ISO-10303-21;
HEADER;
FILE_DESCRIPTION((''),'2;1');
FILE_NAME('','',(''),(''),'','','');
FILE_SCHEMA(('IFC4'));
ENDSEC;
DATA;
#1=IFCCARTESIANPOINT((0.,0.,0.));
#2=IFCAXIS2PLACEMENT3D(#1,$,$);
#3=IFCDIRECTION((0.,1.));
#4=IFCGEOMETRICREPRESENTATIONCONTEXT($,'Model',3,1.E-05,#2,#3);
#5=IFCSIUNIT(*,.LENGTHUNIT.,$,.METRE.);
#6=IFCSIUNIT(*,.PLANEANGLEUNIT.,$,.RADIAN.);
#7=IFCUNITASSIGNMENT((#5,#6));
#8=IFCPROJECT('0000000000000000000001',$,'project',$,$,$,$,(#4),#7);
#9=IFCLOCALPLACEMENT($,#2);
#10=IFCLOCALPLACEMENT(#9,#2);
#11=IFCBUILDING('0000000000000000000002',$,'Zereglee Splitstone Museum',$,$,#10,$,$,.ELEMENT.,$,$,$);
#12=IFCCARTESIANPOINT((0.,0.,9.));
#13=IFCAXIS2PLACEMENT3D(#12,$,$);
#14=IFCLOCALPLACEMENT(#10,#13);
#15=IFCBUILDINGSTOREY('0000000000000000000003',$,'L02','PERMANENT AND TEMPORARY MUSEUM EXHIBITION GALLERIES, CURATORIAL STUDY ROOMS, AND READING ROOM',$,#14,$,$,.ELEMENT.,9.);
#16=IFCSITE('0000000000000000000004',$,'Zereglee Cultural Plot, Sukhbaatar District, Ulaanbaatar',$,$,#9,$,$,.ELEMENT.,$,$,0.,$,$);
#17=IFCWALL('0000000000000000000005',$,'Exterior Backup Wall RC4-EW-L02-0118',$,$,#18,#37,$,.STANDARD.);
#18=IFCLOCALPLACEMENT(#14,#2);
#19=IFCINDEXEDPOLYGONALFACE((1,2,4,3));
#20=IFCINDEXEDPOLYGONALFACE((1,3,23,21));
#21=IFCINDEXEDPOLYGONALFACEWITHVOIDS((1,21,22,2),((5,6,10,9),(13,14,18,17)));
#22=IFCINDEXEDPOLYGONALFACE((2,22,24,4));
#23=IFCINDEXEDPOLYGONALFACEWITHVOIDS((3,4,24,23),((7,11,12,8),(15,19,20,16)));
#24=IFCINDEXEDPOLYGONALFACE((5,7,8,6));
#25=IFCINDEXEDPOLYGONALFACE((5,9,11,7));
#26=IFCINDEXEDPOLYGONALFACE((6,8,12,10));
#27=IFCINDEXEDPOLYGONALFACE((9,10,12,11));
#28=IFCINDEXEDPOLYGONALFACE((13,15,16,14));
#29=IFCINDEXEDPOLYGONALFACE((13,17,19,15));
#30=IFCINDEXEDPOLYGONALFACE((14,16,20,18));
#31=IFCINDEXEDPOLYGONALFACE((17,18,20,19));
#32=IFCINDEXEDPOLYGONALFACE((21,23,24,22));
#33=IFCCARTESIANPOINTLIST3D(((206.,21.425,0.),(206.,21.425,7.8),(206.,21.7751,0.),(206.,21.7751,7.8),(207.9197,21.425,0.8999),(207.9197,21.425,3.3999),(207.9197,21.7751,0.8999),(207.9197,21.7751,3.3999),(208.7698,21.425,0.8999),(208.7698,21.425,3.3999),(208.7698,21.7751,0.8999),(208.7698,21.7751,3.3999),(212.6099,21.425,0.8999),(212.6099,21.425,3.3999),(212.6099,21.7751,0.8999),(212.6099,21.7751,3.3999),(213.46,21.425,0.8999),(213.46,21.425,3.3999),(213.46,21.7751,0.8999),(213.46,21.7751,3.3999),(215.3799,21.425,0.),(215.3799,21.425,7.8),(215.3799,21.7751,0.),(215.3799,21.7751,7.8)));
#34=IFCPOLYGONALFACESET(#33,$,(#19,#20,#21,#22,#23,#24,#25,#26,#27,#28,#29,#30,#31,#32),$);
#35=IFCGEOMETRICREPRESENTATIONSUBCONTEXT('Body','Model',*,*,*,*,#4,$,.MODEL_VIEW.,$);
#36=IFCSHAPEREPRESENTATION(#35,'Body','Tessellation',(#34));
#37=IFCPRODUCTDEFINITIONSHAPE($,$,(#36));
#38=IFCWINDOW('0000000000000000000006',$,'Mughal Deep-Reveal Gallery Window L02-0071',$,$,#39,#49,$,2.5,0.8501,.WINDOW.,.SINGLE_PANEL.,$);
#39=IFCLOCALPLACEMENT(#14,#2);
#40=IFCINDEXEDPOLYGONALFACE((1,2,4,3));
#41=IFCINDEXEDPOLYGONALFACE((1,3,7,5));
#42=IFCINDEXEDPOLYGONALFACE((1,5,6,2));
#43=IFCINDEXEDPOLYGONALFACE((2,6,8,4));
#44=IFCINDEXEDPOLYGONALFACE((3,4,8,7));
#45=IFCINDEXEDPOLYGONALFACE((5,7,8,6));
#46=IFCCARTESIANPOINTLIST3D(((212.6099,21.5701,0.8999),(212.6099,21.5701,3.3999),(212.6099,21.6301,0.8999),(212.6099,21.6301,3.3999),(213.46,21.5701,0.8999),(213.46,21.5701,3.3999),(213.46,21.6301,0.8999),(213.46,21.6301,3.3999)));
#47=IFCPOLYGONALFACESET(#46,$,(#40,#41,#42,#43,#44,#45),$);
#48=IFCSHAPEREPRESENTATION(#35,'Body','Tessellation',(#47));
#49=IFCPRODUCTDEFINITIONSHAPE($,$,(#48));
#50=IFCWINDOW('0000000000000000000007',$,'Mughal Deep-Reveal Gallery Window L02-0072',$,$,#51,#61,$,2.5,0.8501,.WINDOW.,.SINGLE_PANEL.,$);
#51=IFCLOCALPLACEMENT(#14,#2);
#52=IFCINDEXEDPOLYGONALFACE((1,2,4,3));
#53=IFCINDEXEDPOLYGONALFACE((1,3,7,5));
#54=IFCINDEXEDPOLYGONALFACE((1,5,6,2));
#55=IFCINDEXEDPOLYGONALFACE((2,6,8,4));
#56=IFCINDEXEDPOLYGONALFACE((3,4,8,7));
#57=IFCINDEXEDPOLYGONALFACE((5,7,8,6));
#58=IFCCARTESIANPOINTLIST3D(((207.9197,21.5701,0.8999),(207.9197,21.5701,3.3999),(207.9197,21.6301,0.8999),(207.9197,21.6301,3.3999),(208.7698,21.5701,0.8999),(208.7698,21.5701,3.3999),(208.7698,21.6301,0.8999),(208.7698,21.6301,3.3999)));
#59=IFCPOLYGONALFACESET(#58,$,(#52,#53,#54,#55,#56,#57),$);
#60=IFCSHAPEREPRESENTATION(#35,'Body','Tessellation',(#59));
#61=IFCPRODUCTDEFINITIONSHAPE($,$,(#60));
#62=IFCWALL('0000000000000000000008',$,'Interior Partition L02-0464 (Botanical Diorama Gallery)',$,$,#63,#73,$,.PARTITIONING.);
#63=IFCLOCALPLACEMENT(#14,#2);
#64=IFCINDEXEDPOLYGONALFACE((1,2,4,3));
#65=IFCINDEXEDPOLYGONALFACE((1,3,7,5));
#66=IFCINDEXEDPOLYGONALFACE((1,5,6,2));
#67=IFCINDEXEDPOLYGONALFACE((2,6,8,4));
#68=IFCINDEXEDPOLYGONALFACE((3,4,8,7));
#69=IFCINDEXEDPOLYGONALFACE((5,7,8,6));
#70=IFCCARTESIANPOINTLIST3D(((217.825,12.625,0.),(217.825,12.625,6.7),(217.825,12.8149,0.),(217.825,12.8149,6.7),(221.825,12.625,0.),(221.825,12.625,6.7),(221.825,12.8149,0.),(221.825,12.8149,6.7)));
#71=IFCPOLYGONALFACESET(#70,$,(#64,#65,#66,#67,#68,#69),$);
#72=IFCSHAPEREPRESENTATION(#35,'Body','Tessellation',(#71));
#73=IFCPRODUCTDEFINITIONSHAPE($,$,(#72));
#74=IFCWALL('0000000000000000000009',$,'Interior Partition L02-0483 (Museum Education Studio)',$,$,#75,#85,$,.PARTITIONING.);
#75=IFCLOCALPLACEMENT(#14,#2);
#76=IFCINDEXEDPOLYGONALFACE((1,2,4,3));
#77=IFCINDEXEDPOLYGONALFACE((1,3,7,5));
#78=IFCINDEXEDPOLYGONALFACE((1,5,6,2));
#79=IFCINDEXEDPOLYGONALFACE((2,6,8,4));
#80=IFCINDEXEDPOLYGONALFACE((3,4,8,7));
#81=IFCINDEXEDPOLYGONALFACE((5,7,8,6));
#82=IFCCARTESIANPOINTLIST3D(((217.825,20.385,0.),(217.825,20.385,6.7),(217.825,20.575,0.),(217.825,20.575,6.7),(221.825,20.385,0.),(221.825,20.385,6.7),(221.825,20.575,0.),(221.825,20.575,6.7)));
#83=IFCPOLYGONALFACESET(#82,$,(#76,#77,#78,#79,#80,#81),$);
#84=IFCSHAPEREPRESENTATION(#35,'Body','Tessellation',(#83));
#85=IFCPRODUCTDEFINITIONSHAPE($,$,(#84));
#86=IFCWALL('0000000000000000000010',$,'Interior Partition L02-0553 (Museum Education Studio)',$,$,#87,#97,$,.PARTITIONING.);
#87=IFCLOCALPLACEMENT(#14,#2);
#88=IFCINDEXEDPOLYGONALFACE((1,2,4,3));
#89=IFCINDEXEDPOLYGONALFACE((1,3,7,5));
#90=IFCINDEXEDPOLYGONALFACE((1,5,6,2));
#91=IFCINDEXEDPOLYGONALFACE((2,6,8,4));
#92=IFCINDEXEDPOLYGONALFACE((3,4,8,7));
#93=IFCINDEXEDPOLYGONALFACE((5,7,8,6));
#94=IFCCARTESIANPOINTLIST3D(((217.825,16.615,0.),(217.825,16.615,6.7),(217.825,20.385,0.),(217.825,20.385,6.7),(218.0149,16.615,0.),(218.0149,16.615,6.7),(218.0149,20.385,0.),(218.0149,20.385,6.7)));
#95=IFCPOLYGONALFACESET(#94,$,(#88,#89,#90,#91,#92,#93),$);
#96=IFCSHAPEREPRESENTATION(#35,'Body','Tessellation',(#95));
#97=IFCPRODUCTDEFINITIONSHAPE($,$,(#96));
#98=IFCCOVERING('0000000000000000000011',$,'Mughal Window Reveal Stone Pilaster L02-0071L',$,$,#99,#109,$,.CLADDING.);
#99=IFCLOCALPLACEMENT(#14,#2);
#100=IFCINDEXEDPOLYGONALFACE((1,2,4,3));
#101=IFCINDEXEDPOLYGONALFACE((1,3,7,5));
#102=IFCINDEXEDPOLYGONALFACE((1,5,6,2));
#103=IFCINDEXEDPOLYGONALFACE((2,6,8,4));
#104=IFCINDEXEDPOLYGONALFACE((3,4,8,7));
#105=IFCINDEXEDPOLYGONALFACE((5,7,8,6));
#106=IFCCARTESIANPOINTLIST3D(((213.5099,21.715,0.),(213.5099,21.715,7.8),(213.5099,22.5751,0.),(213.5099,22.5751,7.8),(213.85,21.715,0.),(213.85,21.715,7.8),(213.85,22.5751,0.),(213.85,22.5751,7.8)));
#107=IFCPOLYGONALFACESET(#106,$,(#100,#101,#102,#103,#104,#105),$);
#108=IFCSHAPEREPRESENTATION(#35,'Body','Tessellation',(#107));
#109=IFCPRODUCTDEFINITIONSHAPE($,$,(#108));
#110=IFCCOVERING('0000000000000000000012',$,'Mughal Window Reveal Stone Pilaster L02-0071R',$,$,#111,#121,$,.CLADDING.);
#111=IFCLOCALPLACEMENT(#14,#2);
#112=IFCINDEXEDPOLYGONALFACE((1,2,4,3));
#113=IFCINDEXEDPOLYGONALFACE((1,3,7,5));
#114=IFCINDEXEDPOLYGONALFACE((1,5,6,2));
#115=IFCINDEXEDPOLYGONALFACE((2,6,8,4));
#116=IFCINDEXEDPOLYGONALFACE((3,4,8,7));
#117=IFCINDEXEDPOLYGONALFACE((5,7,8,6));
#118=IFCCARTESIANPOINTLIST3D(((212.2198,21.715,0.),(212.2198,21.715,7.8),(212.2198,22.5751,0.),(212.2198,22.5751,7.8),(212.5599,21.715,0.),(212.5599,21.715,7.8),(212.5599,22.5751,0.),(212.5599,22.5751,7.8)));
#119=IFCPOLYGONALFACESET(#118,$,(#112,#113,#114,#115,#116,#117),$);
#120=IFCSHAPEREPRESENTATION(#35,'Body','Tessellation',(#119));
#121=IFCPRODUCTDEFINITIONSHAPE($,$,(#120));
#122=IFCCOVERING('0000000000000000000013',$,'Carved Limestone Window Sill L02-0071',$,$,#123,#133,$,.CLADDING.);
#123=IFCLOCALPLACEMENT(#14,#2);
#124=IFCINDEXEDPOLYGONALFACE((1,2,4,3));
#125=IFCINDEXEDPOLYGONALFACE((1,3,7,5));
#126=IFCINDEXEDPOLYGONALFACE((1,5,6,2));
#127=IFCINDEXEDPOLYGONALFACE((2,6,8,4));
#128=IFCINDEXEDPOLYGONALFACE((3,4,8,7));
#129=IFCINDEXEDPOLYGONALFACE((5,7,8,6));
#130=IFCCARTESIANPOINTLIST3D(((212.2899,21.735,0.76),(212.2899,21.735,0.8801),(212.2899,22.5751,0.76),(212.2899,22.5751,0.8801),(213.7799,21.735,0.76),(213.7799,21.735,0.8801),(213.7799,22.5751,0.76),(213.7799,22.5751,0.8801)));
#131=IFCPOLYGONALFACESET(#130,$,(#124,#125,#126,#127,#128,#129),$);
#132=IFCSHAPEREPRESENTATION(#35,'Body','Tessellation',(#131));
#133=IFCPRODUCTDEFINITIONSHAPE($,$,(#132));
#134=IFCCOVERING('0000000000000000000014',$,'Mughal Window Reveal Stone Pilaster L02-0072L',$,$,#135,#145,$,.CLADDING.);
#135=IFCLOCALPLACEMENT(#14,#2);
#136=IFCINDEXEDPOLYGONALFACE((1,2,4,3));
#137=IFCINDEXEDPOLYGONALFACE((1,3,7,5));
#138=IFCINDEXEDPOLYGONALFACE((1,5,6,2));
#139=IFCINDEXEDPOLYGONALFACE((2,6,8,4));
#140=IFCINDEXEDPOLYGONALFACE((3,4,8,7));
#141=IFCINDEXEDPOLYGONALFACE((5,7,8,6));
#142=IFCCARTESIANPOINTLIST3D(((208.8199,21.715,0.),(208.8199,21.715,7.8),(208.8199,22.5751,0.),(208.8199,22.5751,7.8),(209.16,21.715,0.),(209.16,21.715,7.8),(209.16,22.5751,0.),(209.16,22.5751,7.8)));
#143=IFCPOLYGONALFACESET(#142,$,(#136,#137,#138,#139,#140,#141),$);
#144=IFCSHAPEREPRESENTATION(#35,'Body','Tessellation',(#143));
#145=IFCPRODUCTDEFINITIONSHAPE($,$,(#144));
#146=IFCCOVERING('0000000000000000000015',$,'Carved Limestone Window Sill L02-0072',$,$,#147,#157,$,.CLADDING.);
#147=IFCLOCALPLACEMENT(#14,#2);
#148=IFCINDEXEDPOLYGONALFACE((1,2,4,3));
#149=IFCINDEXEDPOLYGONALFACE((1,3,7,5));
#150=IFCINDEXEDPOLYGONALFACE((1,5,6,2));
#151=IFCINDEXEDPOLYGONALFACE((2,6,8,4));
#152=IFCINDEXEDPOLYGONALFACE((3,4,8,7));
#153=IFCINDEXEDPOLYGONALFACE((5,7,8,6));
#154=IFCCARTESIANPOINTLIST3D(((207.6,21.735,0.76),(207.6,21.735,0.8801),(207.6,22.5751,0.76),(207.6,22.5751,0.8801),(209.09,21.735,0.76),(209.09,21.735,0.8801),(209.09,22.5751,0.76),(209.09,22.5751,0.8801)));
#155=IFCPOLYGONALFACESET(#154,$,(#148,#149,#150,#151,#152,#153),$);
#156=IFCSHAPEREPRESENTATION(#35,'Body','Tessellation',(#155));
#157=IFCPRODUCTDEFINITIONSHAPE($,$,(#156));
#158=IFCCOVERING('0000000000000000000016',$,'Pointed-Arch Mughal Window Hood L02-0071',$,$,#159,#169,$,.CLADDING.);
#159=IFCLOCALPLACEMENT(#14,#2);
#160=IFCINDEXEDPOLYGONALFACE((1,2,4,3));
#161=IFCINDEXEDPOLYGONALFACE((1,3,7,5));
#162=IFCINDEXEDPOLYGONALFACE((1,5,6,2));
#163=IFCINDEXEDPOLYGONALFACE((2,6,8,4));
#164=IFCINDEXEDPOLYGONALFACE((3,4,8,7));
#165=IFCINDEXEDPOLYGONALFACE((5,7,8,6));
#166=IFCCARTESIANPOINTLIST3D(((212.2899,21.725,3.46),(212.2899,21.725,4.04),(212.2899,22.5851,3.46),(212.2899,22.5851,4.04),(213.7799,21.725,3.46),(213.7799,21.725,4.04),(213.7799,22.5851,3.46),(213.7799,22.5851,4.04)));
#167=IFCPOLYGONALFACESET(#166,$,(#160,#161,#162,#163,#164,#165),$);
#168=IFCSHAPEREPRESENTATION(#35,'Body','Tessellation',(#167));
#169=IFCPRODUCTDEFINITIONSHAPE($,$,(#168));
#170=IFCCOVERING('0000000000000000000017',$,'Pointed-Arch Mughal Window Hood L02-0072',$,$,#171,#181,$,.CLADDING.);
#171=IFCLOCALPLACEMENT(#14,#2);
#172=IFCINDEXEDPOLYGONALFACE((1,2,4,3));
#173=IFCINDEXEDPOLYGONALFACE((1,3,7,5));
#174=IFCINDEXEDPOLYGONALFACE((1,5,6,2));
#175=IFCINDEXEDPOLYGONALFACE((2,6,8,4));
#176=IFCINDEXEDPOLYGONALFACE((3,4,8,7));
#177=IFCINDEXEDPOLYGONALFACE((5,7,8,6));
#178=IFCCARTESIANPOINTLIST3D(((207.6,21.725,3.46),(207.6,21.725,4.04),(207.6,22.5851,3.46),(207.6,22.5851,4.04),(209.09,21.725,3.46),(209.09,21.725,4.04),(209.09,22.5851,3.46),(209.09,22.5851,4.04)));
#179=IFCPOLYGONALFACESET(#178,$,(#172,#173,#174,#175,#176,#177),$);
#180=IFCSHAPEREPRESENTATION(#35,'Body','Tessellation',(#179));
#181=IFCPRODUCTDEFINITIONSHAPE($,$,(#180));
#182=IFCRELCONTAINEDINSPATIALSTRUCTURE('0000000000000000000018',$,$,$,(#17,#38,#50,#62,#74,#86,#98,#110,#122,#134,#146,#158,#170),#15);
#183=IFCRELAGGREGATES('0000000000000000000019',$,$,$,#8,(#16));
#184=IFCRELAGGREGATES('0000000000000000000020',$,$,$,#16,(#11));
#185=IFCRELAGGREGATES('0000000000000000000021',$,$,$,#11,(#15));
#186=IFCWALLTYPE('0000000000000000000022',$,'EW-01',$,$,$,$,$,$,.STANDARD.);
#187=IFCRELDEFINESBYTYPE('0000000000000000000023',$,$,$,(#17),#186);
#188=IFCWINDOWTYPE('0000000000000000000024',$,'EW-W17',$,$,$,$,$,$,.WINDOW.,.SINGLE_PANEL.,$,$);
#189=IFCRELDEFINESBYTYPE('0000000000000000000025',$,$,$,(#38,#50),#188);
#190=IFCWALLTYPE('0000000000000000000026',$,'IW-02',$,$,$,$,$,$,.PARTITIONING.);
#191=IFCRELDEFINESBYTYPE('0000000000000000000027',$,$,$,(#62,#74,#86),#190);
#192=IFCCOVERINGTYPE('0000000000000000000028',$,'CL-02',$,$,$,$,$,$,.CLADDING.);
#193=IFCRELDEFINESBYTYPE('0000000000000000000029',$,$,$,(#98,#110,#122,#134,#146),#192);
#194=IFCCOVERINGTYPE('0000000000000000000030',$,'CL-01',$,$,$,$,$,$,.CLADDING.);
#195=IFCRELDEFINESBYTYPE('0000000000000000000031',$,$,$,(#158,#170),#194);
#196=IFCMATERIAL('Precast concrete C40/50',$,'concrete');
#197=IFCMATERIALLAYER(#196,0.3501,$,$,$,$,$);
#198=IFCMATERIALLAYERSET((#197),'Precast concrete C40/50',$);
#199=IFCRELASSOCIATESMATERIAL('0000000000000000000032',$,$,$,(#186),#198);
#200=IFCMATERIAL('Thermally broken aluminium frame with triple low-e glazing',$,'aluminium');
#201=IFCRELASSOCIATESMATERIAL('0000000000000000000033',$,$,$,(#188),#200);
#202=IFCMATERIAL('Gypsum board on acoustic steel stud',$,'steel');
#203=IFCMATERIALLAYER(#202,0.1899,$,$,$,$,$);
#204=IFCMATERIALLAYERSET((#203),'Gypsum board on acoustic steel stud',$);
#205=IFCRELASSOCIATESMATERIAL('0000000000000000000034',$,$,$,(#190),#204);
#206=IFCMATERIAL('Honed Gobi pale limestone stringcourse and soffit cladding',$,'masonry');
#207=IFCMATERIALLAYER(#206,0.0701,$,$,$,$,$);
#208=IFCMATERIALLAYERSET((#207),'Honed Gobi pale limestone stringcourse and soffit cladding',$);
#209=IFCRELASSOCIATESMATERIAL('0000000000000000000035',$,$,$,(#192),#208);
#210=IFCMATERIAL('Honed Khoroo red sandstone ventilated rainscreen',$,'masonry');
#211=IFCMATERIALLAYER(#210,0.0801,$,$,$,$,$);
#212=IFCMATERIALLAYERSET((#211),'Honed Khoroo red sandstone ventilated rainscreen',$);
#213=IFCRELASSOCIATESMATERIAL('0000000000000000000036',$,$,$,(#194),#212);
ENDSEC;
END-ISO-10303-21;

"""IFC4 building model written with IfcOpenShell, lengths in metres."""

from ifc_helpers import new_model, si_unit, direction, frame, frame_2d, origin, origin_2d, place, context, subcontext, project, spatial, rectangle, extrude, material, layer, layer_set, type_object, element, fill, save


model = new_model("IFC4")

# Units and contexts
model_context = context("Model", 3, precision=1e-05, world=origin(), true_north=direction((0.0, 1.0)))
body_context = subcontext(model_context, "Body", "Model", "MODEL_VIEW")
ifc_project = project(units=[si_unit("LENGTHUNIT", "METRE"), si_unit("PLANEANGLEUNIT", "RADIAN")], contexts=[model_context])

# Site, building, storey
site_placement = place(None, origin())
site = spatial("IfcSite", under=ifc_project, at=site_placement, Name="Zereglee Cultural Plot, Sukhbaatar District, Ulaanbaatar", CompositionType="ELEMENT", RefElevation=0.0)
building_placement = place(site_placement, origin())
building = spatial("IfcBuilding", under=site, at=building_placement, Name="Zereglee Splitstone Museum", CompositionType="ELEMENT")
storey_placement = place(building_placement, frame((0.0, 0.0, 9.0)))
storey = spatial("IfcBuildingStorey", under=building, at=storey_placement, Name="L02", Description="PERMANENT AND TEMPORARY MUSEUM EXHIBITION GALLERIES, CURATORIAL STUDY ROOMS, AND READING ROOM", CompositionType="ELEMENT", Elevation=9.0)

# Shared definitions
ifc_material_1 = material(Name="Precast concrete C40/50", Category="concrete")
ifc_layer_1 = layer(ifc_material_1, 0.3501)
ifc_layer_set_1 = layer_set([ifc_layer_1], Name="Precast concrete C40/50")
wall_type_1 = type_object("IfcWallType", Name="EW-01", PredefinedType="STANDARD", material=ifc_layer_set_1)
ifc_material_2 = material(Name="Thermally broken aluminium frame with triple low-e glazing", Category="aluminium")

# Wall, openings, windows
wall_1_placement = place(storey_placement, frame((215.3799, 21.6001, 0.0), z_axis=(0.0, 0.0, 1.0), x_axis=(-1.0, 0.0, 0.0)))
wall_1 = element("IfcWall", 1, at=wall_1_placement, inside=storey, type_object=wall_type_1, Name="Exterior Backup Wall RC4-EW-L02-0118", PredefinedType="STANDARD", context=body_context, shape_type="SweptSolid", body=[
    extrude(rectangle(XDim=9.3799, YDim=0.3501, at=frame_2d((4.6899, 0.0))), origin(), (0.0, 0.0, 1.0), 7.8),
])
opening_1_placement = place(wall_1_placement, frame((1.9199, 0.0, 0.8999)))
opening_1 = element("IfcOpeningElement", 2, at=opening_1_placement, cuts=wall_1, PredefinedType="OPENING", context=body_context, shape_type="SweptSolid", body=[
    extrude(rectangle(XDim=0.8501, YDim=2.5, at=frame_2d((0.425, 1.25))), frame((0.0, 0.1899, 0.0), z_axis=(0.0, -1.0, 0.0), x_axis=(1.0, 0.0, 0.0)), (0.0, 0.0, 1.0), 0.3799),
])
opening_2_placement = place(wall_1_placement, frame((6.6101, 0.0, 0.8999)))
opening_2 = element("IfcOpeningElement", 3, at=opening_2_placement, cuts=wall_1, PredefinedType="OPENING", context=body_context, shape_type="SweptSolid", body=[
    extrude(rectangle(XDim=0.8501, YDim=2.5, at=frame_2d((0.425, 1.25))), frame((0.0, 0.1899, 0.0), z_axis=(0.0, -1.0, 0.0), x_axis=(1.0, 0.0, 0.0)), (0.0, 0.0, 1.0), 0.3799),
])
window_type_1 = type_object("IfcWindowType", Name="EW-W17", PartitioningType="SINGLE_PANEL", PredefinedType="WINDOW", material=ifc_material_2)
window_1_placement = place(opening_1_placement, origin())
window_1 = element("IfcWindow", 4, at=window_1_placement, inside=storey, type_object=window_type_1, Name="Mughal Deep-Reveal Gallery Window L02-0071", OverallHeight=2.5, OverallWidth=0.8501, PartitioningType="SINGLE_PANEL", PredefinedType="WINDOW", context=body_context, shape_type="SweptSolid", body=[
    extrude(rectangle(XDim=0.8501, YDim=2.5, at=frame_2d((0.425, 1.25))), frame((0.0, 0.03, 0.0), z_axis=(0.0, -1.0, 0.0), x_axis=(1.0, 0.0, 0.0)), (0.0, 0.0, 1.0), 0.0601),
])
fill(opening_1, window_1)
window_2_placement = place(opening_2_placement, origin())
window_2 = element("IfcWindow", 5, at=window_2_placement, inside=storey, type_object=window_type_1, Name="Mughal Deep-Reveal Gallery Window L02-0072", OverallHeight=2.5, OverallWidth=0.8501, PartitioningType="SINGLE_PANEL", PredefinedType="WINDOW", context=body_context, shape_type="SweptSolid", body=[
    extrude(rectangle(XDim=0.8501, YDim=2.5, at=frame_2d((0.425, 1.25))), frame((0.0, 0.03, 0.0), z_axis=(0.0, -1.0, 0.0), x_axis=(1.0, 0.0, 0.0)), (0.0, 0.0, 1.0), 0.0601),
])
fill(opening_2, window_2)

# Walls
ifc_material_3 = material(Name="Gypsum board on acoustic steel stud", Category="steel")
ifc_layer_2 = layer(ifc_material_3, 0.1899)
ifc_layer_set_2 = layer_set([ifc_layer_2], Name="Gypsum board on acoustic steel stud")
wall_type_2 = type_object("IfcWallType", Name="IW-02", PredefinedType="PARTITIONING", material=ifc_layer_set_2)
for number, where, z_axis, x_axis, name in (
    (6, (217.825, 12.72, 0.0), (0.0, 0.0, 1.0), (1.0, 0.0, 0.0), "Interior Partition L02-0464 (Botanical Diorama Gallery)"),
    (7, (217.825, 20.48, 0.0), (0.0, 0.0, 1.0), (1.0, 0.0, 0.0), "Interior Partition L02-0483 (Museum Education Studio)"),
):
    element("IfcWall", number, at=place(storey_placement, frame(where, z_axis=z_axis, x_axis=x_axis)), inside=storey, type_object=wall_type_2, Name=name, PredefinedType="PARTITIONING", context=body_context, shape_type="SweptSolid", body=[
        extrude(rectangle(XDim=4.0, YDim=0.1899, at=frame_2d((2.0, 0.0))), origin(), (0.0, 0.0, 1.0), 6.7),
    ])
wall_2_placement = place(storey_placement, frame((217.9199, 16.615, 0.0), z_axis=(0.0, 0.0, 1.0), x_axis=(0.0, 1.0, 0.0)))
element("IfcWall", 8, at=wall_2_placement, inside=storey, type_object=wall_type_2, Name="Interior Partition L02-0553 (Museum Education Studio)", PredefinedType="PARTITIONING", context=body_context, shape_type="SweptSolid", body=[
    extrude(rectangle(XDim=3.77, YDim=0.1899, at=frame_2d((1.885, 0.0))), origin(), (0.0, 0.0, 1.0), 6.7),
])

# Coverings
ifc_material_4 = material(Name="Honed Gobi pale limestone stringcourse and soffit cladding", Category="masonry")
ifc_layer_3 = layer(ifc_material_4, 0.0701)
ifc_layer_set_3 = layer_set([ifc_layer_3], Name="Honed Gobi pale limestone stringcourse and soffit cladding")
covering_type_1 = type_object("IfcCoveringType", Name="CL-02", PredefinedType="CLADDING", material=ifc_layer_set_3)
for number, where, z_axis, x_axis, name in (
    (9, (213.6799, 22.145, 0.0), (0.0, 0.0, 1.0), (-1.0, 0.0, 0.0), "Mughal Window Reveal Stone Pilaster L02-0071L"),
    (10, (212.3899, 22.145, 0.0), (0.0, 0.0, 1.0), (-1.0, 0.0, 0.0), "Mughal Window Reveal Stone Pilaster L02-0071R"),
):
    element("IfcCovering", number, at=place(storey_placement, frame(where, z_axis=z_axis, x_axis=x_axis)), inside=storey, type_object=covering_type_1, Name=name, PredefinedType="CLADDING", context=body_context, shape_type="SweptSolid", body=[
        extrude(rectangle(XDim=0.3401, YDim=0.8601, at=origin_2d()), origin(), (0.0, 0.0, 1.0), 7.8),
    ])
covering_1_placement = place(storey_placement, frame((213.0349, 22.155, 0.76), z_axis=(0.0, 0.0, 1.0), x_axis=(-1.0, 0.0, 0.0)))
element("IfcCovering", 11, at=covering_1_placement, inside=storey, type_object=covering_type_1, Name="Carved Limestone Window Sill L02-0071", PredefinedType="CLADDING", context=body_context, shape_type="SweptSolid", body=[
    extrude(rectangle(XDim=1.49, YDim=0.8401, at=origin_2d()), origin(), (0.0, 0.0, 1.0), 0.1201),
])
covering_2_placement = place(storey_placement, frame((208.99, 22.145, 0.0), z_axis=(0.0, 0.0, 1.0), x_axis=(-1.0, 0.0, 0.0)))
element("IfcCovering", 12, at=covering_2_placement, inside=storey, type_object=covering_type_1, Name="Mughal Window Reveal Stone Pilaster L02-0072L", PredefinedType="CLADDING", context=body_context, shape_type="SweptSolid", body=[
    extrude(rectangle(XDim=0.3401, YDim=0.8601, at=origin_2d()), origin(), (0.0, 0.0, 1.0), 7.8),
])
covering_3_placement = place(storey_placement, frame((208.345, 22.155, 0.76), z_axis=(0.0, 0.0, 1.0), x_axis=(-1.0, 0.0, 0.0)))
element("IfcCovering", 13, at=covering_3_placement, inside=storey, type_object=covering_type_1, Name="Carved Limestone Window Sill L02-0072", PredefinedType="CLADDING", context=body_context, shape_type="SweptSolid", body=[
    extrude(rectangle(XDim=1.49, YDim=0.8401, at=origin_2d()), origin(), (0.0, 0.0, 1.0), 0.1201),
])
ifc_material_5 = material(Name="Honed Khoroo red sandstone ventilated rainscreen", Category="masonry")
ifc_layer_4 = layer(ifc_material_5, 0.0801)
ifc_layer_set_4 = layer_set([ifc_layer_4], Name="Honed Khoroo red sandstone ventilated rainscreen")
covering_type_2 = type_object("IfcCoveringType", Name="CL-01", PredefinedType="CLADDING", material=ifc_layer_set_4)
for number, where, z_axis, x_axis, name in (
    (14, (213.0349, 22.155, 3.46), (0.0, 0.0, 1.0), (-1.0, 0.0, 0.0), "Pointed-Arch Mughal Window Hood L02-0071"),
    (15, (208.345, 22.155, 3.46), (0.0, 0.0, 1.0), (-1.0, 0.0, 0.0), "Pointed-Arch Mughal Window Hood L02-0072"),
):
    element("IfcCovering", number, at=place(storey_placement, frame(where, z_axis=z_axis, x_axis=x_axis)), inside=storey, type_object=covering_type_2, Name=name, PredefinedType="CLADDING", context=body_context, shape_type="SweptSolid", body=[
        extrude(rectangle(XDim=1.49, YDim=0.8601, at=origin_2d()), origin(), (0.0, 0.0, 1.0), 0.5801),
    ])

save(model, "model.ifc")
